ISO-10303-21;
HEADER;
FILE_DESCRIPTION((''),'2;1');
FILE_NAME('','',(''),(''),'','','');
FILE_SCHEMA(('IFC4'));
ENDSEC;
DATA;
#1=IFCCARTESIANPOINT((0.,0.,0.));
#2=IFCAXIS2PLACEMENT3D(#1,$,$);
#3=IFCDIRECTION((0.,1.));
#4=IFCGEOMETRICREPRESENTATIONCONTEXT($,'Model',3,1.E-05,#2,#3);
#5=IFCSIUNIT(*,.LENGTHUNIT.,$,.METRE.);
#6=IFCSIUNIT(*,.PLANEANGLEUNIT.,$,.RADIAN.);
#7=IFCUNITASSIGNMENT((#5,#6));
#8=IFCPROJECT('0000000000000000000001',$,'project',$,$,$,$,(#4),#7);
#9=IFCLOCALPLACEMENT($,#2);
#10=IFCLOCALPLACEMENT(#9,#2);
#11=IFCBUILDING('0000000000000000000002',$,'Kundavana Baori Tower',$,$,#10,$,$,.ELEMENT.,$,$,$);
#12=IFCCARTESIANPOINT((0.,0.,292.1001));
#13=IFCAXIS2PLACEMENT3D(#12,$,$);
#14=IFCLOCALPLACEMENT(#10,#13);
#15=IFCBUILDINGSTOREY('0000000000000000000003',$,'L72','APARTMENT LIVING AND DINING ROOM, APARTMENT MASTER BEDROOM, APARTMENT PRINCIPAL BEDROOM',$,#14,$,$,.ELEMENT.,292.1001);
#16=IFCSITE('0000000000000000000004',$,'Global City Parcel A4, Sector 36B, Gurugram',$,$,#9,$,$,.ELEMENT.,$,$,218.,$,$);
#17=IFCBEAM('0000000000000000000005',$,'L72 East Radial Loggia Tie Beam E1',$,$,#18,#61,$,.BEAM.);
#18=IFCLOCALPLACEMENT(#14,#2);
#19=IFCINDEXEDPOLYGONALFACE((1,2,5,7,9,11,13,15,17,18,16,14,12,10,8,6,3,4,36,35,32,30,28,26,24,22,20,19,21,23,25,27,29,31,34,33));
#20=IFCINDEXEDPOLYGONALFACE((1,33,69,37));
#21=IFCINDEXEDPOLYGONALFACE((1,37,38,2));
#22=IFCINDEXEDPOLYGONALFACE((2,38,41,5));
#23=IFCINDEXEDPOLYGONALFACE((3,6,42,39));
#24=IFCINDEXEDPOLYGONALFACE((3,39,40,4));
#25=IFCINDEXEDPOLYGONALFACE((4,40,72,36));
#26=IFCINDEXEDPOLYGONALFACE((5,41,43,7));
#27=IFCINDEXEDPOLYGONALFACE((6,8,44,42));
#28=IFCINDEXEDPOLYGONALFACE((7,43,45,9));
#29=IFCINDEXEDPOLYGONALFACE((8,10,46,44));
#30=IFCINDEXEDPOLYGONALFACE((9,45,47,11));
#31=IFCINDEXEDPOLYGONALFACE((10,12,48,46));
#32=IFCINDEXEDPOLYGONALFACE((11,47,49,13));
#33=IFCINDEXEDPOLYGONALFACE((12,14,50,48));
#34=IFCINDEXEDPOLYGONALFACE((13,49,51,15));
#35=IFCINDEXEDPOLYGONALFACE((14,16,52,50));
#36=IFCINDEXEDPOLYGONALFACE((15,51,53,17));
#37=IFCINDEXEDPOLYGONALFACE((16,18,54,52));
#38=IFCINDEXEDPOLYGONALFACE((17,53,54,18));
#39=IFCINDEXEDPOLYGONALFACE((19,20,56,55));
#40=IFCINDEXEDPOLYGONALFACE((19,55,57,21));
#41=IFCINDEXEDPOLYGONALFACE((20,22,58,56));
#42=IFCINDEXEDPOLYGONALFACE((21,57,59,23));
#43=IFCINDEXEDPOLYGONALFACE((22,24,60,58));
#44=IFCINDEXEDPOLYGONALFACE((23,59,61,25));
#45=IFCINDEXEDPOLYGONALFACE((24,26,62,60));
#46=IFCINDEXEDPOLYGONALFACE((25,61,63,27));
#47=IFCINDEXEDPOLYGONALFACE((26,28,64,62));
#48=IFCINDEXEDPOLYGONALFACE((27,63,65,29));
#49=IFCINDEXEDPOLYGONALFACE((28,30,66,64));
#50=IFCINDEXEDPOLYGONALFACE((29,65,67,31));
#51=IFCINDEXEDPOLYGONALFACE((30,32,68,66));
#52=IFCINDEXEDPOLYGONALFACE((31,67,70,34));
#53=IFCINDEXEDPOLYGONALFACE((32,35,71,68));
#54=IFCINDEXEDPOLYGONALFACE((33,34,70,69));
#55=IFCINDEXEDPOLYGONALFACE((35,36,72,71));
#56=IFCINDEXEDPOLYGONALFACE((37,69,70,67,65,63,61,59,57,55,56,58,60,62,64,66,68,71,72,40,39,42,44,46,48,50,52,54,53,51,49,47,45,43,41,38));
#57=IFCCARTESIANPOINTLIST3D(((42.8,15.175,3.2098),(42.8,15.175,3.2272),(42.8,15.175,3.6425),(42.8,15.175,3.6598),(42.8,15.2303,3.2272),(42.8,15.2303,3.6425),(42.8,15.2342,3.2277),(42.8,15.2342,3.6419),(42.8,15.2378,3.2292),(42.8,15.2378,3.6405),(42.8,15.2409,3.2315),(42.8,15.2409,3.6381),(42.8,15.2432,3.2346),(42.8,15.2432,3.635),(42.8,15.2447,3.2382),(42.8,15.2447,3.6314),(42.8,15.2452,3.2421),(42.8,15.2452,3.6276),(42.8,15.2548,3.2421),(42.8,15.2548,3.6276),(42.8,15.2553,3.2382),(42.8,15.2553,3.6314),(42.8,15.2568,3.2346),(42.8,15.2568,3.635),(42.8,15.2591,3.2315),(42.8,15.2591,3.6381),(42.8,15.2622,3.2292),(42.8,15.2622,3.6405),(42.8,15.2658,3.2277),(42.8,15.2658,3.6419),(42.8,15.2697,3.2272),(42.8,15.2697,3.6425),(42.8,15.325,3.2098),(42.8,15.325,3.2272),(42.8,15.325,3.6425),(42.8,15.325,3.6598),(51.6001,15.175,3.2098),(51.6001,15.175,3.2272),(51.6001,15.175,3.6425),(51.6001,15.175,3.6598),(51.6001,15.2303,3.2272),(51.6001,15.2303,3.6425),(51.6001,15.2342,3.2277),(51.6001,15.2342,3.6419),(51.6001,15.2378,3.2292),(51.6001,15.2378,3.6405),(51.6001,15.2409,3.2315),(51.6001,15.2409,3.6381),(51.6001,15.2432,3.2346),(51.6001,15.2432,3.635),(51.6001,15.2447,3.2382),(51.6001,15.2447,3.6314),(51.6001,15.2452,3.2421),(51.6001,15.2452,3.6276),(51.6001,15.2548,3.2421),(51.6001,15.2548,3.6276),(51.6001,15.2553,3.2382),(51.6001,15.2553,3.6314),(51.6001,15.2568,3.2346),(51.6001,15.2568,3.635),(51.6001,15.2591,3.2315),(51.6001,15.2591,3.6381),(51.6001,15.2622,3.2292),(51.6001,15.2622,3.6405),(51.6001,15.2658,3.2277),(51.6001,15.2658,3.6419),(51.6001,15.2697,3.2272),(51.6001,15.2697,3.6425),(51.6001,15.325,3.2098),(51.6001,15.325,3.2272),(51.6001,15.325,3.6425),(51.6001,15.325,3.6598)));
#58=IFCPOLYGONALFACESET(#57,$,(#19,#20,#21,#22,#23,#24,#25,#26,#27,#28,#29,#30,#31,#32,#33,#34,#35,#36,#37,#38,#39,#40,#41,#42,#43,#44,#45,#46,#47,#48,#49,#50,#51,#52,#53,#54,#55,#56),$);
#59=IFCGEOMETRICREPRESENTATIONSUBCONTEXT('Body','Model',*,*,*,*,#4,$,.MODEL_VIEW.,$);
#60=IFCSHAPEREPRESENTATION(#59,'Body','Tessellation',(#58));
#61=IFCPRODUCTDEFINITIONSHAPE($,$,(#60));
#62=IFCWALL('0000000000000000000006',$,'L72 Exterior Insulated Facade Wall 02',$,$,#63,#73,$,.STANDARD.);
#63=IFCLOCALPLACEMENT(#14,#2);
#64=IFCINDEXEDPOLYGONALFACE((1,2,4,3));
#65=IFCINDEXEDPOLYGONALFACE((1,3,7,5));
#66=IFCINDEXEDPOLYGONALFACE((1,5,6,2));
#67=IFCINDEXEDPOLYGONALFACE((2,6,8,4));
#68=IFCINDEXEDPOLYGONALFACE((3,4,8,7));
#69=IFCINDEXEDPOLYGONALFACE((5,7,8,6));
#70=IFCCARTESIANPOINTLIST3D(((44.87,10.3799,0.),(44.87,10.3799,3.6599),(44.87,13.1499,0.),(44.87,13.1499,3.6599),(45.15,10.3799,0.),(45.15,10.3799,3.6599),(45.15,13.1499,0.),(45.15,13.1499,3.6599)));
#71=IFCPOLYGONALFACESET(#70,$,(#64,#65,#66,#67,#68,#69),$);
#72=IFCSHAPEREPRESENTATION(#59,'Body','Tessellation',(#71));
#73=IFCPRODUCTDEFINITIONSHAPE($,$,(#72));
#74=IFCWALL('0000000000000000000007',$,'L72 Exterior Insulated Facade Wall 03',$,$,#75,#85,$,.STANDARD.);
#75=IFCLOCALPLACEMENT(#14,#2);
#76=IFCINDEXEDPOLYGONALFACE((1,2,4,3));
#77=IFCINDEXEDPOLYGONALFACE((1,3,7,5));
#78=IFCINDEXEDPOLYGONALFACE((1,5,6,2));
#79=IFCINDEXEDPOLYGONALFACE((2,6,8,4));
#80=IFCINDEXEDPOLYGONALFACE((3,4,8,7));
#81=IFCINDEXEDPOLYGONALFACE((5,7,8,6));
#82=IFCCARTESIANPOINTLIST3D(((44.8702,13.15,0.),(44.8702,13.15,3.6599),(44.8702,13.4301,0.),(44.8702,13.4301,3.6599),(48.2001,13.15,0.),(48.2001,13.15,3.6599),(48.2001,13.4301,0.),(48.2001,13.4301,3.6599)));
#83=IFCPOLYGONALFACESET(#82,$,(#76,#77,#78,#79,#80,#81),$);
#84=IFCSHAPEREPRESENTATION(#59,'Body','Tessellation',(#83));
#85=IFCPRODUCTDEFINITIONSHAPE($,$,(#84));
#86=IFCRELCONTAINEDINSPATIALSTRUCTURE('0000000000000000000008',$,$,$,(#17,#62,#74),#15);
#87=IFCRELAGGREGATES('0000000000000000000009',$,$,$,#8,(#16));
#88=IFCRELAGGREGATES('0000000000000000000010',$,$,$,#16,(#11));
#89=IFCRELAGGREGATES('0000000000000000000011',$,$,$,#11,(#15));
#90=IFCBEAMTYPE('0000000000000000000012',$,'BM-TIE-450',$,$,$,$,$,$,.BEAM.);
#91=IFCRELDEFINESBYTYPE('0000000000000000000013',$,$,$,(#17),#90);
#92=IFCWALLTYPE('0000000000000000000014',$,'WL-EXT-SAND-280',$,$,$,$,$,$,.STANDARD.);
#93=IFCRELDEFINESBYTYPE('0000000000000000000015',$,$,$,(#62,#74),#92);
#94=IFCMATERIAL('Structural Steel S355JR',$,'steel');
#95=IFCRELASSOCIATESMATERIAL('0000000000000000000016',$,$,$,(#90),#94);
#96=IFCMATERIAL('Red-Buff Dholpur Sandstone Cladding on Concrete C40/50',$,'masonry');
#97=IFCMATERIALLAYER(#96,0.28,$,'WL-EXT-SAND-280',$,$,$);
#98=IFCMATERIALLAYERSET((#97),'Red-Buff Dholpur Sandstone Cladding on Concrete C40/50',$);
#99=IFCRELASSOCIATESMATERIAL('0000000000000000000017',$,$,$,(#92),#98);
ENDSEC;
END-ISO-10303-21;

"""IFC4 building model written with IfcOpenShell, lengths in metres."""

from ifc_helpers import new_model, si_unit, direction, frame, frame_2d, origin, origin_2d, place, context, subcontext, project, spatial, rectangle, i_section, extrude, material, layer, layer_set, material_profile, profile_set, type_object, element, save


model = new_model("IFC4")

# Units and contexts
model_context = context("Model", 3, precision=1e-05, world=origin(), true_north=direction((0.0, 1.0)))
body_context = subcontext(model_context, "Body", "Model", "MODEL_VIEW")
ifc_project = project(units=[si_unit("LENGTHUNIT", "METRE"), si_unit("PLANEANGLEUNIT", "RADIAN")], contexts=[model_context])

# Site, building, storey
site_placement = place(None, origin())
site = spatial("IfcSite", under=ifc_project, at=site_placement, Name="Global City Parcel A4, Sector 36B, Gurugram", CompositionType="ELEMENT", RefElevation=218.0)
building_placement = place(site_placement, origin())
building = spatial("IfcBuilding", under=site, at=building_placement, Name="Kundavana Baori Tower", CompositionType="ELEMENT")
storey_placement = place(building_placement, frame((0.0, 0.0, 292.1001)))
storey = spatial("IfcBuildingStorey", under=building, at=storey_placement, Name="L72", Description="APARTMENT LIVING AND DINING ROOM, APARTMENT MASTER BEDROOM, APARTMENT PRINCIPAL BEDROOM", CompositionType="ELEMENT", Elevation=292.1001)

# Beam
ifc_material_1 = material(Name="Structural Steel S355JR", Category="steel")
ifc_material_profile_1 = material_profile(ifc_material_1, i_section(OverallWidth=0.1499, OverallDepth=0.45, WebThickness=0.0095, FlangeThickness=0.0173, FilletRadius=0.0149, at=origin_2d()), Name="ISMB 450")
ifc_profile_set_1 = profile_set([ifc_material_profile_1], Name="Structural Steel S355JR")
beam_type_1 = type_object("IfcBeamType", Name="BM-TIE-450", PredefinedType="BEAM", material=ifc_profile_set_1)
beam_1_placement = place(storey_placement, frame((42.8, 15.25, 3.4348), z_axis=(1.0, 0.0, 0.0), x_axis=(0.0, 1.0, 0.0)))
element("IfcBeam", 1, at=beam_1_placement, inside=storey, type_object=beam_type_1, Name="L72 East Radial Loggia Tie Beam E1", PredefinedType="BEAM", context=body_context, shape_type="SweptSolid", body=[
    extrude(i_section(OverallWidth=0.1499, OverallDepth=0.45, WebThickness=0.0095, FlangeThickness=0.0173, FilletRadius=0.0149, at=origin_2d()), origin(), (0.0, 0.0, 1.0), 8.8),
])

# Walls
ifc_material_2 = material(Name="Red-Buff Dholpur Sandstone Cladding on Concrete C40/50", Category="masonry")
ifc_layer_1 = layer(ifc_material_2, 0.28, Name="WL-EXT-SAND-280")
ifc_layer_set_1 = layer_set([ifc_layer_1], Name="Red-Buff Dholpur Sandstone Cladding on Concrete C40/50")
wall_type_1 = type_object("IfcWallType", Name="WL-EXT-SAND-280", PredefinedType="STANDARD", material=ifc_layer_set_1)
wall_1_placement = place(storey_placement, frame((45.01, 10.3799, 0.0), z_axis=(0.0, 0.0, 1.0), x_axis=(0.0, 1.0, 0.0)))
element("IfcWall", 2, at=wall_1_placement, inside=storey, type_object=wall_type_1, Name="L72 Exterior Insulated Facade Wall 02", PredefinedType="STANDARD", context=body_context, shape_type="SweptSolid", body=[
    extrude(rectangle(XDim=2.77, YDim=0.28, at=frame_2d((1.385, 0.0))), origin(), (0.0, 0.0, 1.0), 3.6599),
])
wall_2_placement = place(storey_placement, frame((44.8701, 13.29, 0.0), z_axis=(0.0, 0.0, 1.0), x_axis=(1.0, 0.0, 0.0)))
element("IfcWall", 3, at=wall_2_placement, inside=storey, type_object=wall_type_1, Name="L72 Exterior Insulated Facade Wall 03", PredefinedType="STANDARD", context=body_context, shape_type="SweptSolid", body=[
    extrude(rectangle(XDim=3.3298, YDim=0.28, at=frame_2d((1.665, 0.0))), origin(), (0.0, 0.0, 1.0), 3.6599),
])

save(model, "model.ifc")
